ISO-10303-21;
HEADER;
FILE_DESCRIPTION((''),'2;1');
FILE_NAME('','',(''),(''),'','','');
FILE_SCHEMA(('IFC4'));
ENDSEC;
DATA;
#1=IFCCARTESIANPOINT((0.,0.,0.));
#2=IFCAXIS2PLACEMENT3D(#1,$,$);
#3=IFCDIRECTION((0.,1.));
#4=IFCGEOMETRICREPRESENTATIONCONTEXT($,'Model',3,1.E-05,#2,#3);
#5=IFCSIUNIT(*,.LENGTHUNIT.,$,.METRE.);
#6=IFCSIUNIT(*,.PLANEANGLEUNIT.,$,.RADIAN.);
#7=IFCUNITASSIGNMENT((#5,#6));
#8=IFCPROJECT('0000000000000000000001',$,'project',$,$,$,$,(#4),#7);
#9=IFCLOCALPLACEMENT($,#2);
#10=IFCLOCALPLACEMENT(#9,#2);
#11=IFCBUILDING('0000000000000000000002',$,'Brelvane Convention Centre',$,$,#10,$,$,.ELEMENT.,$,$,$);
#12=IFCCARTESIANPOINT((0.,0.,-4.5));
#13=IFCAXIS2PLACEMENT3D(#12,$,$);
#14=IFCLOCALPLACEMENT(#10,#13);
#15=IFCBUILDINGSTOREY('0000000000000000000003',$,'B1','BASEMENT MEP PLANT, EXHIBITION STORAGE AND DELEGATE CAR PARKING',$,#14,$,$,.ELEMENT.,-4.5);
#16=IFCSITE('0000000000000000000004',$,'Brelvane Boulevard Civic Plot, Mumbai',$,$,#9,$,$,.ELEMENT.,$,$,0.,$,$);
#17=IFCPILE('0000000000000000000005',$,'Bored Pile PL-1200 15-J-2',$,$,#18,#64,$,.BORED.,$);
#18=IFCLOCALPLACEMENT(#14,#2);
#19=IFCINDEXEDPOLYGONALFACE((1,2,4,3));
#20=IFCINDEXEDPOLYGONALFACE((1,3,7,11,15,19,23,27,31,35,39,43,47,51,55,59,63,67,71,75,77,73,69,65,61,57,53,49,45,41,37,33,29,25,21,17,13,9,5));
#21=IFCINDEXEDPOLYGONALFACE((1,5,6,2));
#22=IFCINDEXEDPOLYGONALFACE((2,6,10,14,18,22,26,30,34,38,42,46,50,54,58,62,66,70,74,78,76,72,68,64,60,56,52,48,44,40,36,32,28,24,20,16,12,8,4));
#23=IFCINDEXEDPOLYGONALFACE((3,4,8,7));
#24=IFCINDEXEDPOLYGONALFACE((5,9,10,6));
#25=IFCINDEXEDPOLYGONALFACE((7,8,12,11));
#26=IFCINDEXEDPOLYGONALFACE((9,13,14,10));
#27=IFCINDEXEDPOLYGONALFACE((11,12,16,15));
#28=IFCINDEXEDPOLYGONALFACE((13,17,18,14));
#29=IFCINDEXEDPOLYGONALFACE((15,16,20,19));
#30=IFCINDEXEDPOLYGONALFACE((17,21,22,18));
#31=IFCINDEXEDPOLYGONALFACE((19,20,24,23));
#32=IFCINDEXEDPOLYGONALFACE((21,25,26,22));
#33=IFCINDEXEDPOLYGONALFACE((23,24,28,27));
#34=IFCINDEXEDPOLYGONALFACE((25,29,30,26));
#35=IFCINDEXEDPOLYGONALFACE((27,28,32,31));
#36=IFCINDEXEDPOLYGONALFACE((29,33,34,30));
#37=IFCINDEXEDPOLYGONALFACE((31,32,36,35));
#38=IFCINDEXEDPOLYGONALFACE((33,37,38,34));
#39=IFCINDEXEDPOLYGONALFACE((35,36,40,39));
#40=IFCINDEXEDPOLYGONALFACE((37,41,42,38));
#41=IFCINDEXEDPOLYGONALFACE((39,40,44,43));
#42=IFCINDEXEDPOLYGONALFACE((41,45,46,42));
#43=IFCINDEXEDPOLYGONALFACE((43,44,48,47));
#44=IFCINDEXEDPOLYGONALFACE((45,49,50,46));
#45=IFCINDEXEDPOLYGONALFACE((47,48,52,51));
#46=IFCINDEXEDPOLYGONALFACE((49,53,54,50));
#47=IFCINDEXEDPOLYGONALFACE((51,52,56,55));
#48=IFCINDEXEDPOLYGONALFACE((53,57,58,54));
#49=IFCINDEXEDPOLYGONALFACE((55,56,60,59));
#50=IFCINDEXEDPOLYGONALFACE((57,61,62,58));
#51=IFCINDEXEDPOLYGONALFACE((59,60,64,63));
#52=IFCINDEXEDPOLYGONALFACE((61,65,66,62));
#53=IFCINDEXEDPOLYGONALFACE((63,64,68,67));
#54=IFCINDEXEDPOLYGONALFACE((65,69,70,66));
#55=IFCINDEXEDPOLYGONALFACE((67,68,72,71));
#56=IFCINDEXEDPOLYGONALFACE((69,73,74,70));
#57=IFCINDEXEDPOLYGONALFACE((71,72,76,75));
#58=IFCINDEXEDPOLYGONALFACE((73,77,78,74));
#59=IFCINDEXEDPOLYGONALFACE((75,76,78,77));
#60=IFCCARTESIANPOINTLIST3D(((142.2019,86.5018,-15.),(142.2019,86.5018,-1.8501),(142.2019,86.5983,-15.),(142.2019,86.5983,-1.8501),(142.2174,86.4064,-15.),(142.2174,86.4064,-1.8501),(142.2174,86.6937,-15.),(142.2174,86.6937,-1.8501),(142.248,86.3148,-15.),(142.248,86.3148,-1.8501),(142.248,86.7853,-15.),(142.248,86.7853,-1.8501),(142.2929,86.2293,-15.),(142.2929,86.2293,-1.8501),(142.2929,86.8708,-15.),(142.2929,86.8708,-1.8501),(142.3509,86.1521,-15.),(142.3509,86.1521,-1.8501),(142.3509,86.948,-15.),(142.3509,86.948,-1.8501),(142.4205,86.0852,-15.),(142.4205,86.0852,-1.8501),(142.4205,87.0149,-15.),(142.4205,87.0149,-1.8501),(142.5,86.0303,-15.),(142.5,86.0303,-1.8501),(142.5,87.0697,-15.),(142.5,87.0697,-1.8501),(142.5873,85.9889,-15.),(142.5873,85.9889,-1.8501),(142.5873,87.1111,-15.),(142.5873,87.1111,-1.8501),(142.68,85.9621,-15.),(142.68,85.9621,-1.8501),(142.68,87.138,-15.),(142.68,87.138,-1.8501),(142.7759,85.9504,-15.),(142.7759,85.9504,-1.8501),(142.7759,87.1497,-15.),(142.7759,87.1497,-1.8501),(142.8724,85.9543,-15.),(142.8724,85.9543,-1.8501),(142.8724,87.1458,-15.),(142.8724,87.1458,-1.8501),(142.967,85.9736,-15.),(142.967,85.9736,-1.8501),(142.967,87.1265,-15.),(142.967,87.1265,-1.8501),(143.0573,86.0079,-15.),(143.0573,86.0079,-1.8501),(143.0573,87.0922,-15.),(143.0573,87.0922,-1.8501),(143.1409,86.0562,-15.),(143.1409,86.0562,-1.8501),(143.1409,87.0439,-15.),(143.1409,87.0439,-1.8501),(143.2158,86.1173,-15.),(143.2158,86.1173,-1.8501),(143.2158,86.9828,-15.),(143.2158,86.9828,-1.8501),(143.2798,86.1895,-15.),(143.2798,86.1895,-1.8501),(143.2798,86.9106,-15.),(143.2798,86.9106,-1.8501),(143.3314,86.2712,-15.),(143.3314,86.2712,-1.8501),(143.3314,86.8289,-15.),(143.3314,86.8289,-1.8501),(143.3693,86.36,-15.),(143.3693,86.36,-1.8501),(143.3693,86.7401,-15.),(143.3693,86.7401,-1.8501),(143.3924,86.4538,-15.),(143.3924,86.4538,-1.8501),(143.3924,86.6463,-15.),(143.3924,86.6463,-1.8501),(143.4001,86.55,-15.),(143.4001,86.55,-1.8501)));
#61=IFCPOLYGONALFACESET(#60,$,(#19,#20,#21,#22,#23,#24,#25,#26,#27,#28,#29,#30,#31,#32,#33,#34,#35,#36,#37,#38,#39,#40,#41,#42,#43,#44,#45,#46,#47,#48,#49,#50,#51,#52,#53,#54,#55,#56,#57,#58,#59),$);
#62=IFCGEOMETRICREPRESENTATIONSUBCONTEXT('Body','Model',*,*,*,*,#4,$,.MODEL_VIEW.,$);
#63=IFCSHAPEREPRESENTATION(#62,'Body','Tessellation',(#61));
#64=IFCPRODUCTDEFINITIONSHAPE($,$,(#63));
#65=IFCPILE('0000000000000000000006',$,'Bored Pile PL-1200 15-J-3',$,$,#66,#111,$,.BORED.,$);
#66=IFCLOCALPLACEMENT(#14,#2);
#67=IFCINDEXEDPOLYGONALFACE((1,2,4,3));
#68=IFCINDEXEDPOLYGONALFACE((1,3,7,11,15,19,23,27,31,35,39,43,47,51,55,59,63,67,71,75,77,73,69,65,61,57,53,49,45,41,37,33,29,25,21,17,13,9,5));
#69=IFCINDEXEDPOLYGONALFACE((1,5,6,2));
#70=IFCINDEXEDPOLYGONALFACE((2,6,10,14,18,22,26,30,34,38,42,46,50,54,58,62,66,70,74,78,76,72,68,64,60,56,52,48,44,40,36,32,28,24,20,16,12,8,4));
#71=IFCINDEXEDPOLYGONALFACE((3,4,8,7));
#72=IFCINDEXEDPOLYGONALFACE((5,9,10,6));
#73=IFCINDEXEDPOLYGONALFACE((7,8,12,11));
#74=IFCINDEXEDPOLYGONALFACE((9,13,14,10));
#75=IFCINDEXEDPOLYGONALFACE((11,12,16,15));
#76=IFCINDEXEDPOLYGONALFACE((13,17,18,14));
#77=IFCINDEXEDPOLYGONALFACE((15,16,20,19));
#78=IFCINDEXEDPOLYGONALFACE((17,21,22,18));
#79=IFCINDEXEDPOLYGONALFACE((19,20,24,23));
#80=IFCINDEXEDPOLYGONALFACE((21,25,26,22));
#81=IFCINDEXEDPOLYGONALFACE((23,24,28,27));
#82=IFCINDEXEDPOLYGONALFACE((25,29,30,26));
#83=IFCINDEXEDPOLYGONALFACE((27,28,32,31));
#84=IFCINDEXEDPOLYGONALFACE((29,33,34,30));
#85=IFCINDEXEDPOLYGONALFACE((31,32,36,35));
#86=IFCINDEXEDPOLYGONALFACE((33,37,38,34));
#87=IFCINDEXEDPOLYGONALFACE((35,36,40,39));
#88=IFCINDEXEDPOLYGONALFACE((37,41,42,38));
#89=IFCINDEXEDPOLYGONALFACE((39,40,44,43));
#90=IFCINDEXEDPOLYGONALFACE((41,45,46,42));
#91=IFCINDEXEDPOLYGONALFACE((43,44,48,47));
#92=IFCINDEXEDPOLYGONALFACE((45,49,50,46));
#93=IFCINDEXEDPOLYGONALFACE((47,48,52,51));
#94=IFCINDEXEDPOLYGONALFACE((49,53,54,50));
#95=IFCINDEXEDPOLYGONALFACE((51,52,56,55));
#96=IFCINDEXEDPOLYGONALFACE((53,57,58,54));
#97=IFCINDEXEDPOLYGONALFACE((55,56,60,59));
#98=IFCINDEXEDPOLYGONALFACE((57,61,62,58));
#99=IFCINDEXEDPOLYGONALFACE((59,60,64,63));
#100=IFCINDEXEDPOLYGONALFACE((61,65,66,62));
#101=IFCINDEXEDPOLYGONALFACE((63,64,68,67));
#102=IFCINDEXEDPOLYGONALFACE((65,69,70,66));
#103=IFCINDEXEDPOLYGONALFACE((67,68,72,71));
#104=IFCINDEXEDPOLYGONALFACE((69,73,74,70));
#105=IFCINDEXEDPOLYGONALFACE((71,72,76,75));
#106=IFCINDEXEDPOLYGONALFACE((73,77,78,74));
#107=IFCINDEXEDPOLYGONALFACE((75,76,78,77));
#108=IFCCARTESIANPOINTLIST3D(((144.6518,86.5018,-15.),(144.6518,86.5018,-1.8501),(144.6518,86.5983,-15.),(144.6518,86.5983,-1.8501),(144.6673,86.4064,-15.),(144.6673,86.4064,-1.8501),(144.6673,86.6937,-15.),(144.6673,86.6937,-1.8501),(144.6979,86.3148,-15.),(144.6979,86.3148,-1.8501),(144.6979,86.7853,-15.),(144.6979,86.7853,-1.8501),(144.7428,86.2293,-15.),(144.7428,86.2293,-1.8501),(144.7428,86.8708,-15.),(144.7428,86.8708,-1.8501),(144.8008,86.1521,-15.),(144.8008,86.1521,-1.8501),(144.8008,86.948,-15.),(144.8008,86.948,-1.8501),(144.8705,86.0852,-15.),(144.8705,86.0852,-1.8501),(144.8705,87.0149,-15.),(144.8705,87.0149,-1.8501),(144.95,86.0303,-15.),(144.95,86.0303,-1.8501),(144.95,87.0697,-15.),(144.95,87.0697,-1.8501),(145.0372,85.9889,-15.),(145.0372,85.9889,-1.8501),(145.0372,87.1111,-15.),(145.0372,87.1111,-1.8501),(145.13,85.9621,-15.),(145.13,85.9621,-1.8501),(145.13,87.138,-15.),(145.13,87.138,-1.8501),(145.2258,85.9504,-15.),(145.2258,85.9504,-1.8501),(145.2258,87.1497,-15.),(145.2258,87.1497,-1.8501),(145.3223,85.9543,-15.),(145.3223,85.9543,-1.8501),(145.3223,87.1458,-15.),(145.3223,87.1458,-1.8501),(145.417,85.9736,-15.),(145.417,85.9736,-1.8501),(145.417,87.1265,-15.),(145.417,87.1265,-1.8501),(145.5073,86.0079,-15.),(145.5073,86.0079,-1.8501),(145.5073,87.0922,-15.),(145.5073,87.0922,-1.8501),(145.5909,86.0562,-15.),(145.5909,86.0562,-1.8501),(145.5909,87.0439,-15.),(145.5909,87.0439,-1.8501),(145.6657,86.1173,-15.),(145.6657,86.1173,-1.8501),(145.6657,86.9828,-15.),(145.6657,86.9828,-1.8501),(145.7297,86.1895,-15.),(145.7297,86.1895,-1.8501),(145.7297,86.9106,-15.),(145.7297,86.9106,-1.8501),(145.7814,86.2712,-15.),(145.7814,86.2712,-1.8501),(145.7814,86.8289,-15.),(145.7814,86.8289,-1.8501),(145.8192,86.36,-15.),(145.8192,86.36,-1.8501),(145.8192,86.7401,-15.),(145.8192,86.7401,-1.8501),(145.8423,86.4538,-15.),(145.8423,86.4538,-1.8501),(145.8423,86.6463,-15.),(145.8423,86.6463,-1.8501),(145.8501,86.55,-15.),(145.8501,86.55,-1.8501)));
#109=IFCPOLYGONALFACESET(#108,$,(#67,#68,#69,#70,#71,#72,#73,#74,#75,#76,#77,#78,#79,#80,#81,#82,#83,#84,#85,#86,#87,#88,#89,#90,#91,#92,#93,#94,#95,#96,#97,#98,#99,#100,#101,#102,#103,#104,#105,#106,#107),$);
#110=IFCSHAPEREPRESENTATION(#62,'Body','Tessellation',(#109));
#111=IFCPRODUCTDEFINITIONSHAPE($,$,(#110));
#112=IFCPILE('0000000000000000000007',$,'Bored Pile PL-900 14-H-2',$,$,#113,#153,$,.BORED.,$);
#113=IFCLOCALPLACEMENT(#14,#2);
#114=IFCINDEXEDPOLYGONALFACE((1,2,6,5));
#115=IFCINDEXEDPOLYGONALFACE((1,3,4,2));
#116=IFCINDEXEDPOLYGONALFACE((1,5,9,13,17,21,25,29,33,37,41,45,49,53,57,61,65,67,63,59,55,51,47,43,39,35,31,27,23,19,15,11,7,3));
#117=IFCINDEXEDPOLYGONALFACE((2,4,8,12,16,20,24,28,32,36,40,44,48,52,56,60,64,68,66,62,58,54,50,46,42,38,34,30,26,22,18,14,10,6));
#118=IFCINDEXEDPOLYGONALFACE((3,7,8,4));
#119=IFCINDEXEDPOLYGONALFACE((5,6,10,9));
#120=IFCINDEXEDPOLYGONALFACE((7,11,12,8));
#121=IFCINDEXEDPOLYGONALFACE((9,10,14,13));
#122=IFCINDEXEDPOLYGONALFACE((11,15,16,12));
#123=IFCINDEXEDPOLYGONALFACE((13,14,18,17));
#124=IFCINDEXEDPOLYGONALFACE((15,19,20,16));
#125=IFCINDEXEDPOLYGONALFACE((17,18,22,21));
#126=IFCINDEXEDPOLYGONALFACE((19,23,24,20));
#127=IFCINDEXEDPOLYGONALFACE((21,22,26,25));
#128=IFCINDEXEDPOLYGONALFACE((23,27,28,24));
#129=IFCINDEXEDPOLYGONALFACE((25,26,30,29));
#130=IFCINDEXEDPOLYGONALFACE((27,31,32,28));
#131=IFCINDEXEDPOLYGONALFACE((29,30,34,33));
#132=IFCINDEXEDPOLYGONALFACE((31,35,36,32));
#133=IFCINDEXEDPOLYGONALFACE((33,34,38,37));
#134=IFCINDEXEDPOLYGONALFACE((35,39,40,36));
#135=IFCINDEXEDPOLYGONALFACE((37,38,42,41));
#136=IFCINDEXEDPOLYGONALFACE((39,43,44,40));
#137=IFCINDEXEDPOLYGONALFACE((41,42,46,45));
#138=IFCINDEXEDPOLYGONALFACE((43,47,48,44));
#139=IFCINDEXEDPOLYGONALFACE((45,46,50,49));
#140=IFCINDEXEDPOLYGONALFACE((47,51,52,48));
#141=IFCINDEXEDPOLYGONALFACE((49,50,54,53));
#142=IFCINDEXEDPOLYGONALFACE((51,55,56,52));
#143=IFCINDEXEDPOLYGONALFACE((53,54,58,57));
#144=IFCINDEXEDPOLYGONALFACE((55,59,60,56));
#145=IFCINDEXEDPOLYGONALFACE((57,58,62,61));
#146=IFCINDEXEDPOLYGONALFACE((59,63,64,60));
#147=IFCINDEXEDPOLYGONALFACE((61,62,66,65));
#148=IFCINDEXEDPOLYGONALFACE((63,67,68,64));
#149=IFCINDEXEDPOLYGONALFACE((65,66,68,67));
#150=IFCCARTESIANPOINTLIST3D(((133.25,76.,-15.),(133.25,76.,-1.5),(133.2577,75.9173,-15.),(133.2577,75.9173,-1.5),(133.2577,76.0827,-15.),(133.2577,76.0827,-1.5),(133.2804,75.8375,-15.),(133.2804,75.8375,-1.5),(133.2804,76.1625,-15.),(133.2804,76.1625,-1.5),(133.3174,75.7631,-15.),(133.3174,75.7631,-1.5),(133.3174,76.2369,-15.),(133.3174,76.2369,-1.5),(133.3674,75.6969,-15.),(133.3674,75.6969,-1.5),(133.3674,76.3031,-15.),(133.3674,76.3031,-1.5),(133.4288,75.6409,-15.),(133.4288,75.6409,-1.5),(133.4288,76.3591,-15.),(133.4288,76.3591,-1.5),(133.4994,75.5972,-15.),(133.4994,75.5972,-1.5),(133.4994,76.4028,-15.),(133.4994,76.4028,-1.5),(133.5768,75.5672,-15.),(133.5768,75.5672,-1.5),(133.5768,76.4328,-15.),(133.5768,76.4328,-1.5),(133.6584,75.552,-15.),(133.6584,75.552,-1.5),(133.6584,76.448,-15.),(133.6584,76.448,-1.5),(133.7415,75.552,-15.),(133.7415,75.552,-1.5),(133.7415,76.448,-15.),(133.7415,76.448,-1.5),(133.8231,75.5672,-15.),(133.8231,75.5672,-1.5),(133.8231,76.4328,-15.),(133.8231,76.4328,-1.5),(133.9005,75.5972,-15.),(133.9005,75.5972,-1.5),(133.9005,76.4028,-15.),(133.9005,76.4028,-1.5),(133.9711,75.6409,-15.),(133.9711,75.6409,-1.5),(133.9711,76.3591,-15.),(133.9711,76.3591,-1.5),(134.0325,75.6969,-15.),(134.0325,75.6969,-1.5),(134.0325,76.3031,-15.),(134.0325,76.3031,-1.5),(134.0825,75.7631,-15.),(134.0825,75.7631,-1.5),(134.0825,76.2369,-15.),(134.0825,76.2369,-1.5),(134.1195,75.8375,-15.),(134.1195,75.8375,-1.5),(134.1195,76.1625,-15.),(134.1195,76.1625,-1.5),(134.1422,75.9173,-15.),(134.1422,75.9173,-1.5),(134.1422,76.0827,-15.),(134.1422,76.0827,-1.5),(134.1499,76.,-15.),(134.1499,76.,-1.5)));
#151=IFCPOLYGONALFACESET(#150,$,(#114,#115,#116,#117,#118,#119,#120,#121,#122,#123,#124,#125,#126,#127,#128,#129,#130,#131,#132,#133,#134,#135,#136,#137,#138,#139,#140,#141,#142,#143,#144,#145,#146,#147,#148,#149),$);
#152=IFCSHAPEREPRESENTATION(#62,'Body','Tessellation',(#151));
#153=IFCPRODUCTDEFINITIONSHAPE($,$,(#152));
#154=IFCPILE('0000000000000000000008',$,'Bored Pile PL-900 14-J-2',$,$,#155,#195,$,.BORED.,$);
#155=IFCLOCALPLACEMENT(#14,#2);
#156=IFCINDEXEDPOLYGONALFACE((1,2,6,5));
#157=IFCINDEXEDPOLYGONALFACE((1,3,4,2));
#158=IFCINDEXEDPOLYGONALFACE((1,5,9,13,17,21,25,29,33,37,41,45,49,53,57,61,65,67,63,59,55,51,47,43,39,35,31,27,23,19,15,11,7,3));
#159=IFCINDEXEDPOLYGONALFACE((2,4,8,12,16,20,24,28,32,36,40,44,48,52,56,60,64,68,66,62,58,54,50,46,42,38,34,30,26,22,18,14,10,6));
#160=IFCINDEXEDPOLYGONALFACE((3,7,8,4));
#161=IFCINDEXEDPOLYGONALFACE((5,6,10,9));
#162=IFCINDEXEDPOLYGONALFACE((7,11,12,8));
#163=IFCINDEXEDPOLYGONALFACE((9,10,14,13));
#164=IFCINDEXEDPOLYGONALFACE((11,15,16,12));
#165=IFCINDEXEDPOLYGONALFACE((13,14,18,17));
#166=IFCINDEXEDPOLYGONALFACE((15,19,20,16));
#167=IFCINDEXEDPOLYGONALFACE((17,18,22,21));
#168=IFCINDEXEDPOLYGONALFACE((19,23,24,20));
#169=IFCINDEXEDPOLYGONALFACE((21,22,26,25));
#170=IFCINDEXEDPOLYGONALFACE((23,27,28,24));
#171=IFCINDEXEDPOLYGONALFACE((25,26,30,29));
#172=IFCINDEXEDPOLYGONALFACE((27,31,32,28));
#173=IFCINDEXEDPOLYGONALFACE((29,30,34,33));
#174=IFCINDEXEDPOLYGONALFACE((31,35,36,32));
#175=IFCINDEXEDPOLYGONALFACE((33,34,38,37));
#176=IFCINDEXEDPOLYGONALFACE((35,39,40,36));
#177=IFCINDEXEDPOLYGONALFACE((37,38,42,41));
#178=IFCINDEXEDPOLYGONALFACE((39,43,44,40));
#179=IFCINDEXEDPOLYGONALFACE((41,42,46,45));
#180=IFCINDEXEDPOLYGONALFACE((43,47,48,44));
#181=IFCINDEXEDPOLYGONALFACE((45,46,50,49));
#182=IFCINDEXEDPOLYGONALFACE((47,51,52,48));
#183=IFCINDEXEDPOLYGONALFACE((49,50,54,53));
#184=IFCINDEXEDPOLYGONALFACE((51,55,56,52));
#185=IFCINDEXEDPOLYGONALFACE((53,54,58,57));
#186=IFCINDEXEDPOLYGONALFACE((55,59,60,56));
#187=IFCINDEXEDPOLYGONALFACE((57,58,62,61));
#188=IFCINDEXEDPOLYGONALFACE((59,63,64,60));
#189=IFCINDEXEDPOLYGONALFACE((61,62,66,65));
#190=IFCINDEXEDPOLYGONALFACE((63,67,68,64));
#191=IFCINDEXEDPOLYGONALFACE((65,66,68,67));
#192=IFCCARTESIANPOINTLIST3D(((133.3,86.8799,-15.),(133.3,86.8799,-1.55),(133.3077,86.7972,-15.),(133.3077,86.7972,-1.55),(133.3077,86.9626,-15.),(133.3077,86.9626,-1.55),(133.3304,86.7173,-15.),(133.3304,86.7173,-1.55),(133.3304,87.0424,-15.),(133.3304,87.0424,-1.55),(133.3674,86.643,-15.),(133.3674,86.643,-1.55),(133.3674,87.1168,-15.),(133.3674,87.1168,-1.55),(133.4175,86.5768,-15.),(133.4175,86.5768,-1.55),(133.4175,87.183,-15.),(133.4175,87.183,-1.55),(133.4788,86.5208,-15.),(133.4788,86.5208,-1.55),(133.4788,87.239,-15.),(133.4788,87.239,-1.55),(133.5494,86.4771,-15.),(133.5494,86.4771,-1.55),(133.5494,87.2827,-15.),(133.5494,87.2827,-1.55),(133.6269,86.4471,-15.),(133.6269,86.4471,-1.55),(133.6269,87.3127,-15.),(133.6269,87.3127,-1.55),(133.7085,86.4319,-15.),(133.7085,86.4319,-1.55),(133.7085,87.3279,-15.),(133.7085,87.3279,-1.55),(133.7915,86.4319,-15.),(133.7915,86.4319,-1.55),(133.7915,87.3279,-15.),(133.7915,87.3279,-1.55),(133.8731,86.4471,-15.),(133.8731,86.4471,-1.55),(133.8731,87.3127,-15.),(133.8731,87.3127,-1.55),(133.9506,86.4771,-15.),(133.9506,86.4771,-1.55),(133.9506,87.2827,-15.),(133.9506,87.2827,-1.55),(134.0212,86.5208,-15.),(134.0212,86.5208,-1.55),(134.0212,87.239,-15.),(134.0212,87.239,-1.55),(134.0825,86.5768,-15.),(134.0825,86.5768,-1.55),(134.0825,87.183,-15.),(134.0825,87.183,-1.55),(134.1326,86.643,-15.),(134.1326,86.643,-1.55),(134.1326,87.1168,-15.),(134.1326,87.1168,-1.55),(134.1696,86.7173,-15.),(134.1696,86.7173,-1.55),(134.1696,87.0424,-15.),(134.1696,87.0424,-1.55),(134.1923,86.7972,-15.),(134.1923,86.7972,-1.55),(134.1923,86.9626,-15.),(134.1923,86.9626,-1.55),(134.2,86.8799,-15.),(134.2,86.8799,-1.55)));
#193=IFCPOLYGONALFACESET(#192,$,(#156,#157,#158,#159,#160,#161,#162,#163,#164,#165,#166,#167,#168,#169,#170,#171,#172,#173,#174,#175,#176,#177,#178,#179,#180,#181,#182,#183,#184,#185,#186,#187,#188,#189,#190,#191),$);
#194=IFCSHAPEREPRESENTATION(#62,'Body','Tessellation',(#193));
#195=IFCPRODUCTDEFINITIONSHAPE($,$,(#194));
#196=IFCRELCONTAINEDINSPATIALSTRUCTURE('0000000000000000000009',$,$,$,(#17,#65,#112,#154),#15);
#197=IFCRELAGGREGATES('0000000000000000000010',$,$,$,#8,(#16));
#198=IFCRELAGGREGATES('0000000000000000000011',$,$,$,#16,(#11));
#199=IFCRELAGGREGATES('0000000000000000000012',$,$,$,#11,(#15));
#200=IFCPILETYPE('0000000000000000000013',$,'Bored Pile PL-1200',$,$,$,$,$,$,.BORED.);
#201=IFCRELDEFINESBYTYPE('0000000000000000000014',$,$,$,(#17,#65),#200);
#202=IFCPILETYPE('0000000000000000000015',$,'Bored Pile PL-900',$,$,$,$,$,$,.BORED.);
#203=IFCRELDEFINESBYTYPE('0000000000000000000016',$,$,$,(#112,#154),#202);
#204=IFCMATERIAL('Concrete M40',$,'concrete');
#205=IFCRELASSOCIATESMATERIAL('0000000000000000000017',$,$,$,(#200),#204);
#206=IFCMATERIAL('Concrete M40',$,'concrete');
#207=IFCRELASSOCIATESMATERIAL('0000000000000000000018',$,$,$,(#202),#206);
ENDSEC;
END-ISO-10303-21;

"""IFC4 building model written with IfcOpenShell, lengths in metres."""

from ifc_helpers import new_model, si_unit, direction, frame, origin, origin_2d, place, context, subcontext, project, spatial, circle, extrude, material, material_profile, profile_set, type_object, element, save


model = new_model("IFC4")

# Units and contexts
model_context = context("Model", 3, precision=1e-05, world=origin(), true_north=direction((0.0, 1.0)))
body_context = subcontext(model_context, "Body", "Model", "MODEL_VIEW")
ifc_project = project(units=[si_unit("LENGTHUNIT", "METRE"), si_unit("PLANEANGLEUNIT", "RADIAN")], contexts=[model_context])

# Site, building, storey
site_placement = place(None, origin())
site = spatial("IfcSite", under=ifc_project, at=site_placement, Name="Brelvane Boulevard Civic Plot, Mumbai", CompositionType="ELEMENT", RefElevation=0.0)
building_placement = place(site_placement, origin())
building = spatial("IfcBuilding", under=site, at=building_placement, Name="Brelvane Convention Centre", CompositionType="ELEMENT")
storey_placement = place(building_placement, frame((0.0, 0.0, -4.5)))
storey = spatial("IfcBuildingStorey", under=building, at=storey_placement, Name="B1", Description="BASEMENT MEP PLANT, EXHIBITION STORAGE AND DELEGATE CAR PARKING", CompositionType="ELEMENT", Elevation=-4.5)

# Piles
ifc_material_1 = material(Name="Concrete M40", Category="concrete")
ifc_material_profile_1 = material_profile(ifc_material_1, circle(Radius=0.6001, at=origin_2d()), Name="PILE D1200")
ifc_profile_set_1 = profile_set([ifc_material_profile_1], Name="Concrete M40")
pile_type_1 = type_object("IfcPileType", Name="Bored Pile PL-1200", PredefinedType="BORED", material=ifc_profile_set_1)
for number, where, z_axis, x_axis, name in (
    (1, (142.8, 86.55, -1.8501), (0.0, 0.0, -1.0), (1.0, 0.0, 0.0), "Bored Pile PL-1200 15-J-2"),
    (2, (145.25, 86.55, -1.8501), (0.0, 0.0, -1.0), (1.0, 0.0, 0.0), "Bored Pile PL-1200 15-J-3"),
):
    element("IfcPile", number, at=place(storey_placement, frame(where, z_axis=z_axis, x_axis=x_axis)), inside=storey, type_object=pile_type_1, Name=name, PredefinedType="BORED", context=body_context, shape_type="SweptSolid", body=[
        extrude(circle(Radius=0.6001, at=origin_2d()), origin(), (0.0, 0.0, 1.0), 13.1499),
    ])
ifc_material_2 = material(Name="Concrete M40", Category="concrete")
ifc_material_profile_2 = material_profile(ifc_material_2, circle(Radius=0.45, at=origin_2d()), Name="PILE D900")
ifc_profile_set_2 = profile_set([ifc_material_profile_2], Name="Concrete M40")
pile_type_2 = type_object("IfcPileType", Name="Bored Pile PL-900", PredefinedType="BORED", material=ifc_profile_set_2)
pile_1_placement = place(storey_placement, frame((133.7, 76.0, -1.5), z_axis=(0.0, 0.0, -1.0), x_axis=(1.0, 0.0, 0.0)))
element("IfcPile", 3, at=pile_1_placement, inside=storey, type_object=pile_type_2, Name="Bored Pile PL-900 14-H-2", PredefinedType="BORED", context=body_context, shape_type="SweptSolid", body=[
    extrude(circle(Radius=0.45, at=origin_2d()), origin(), (0.0, 0.0, 1.0), 13.5),
])
for number, where, z_axis, x_axis, name in (
    (4, (133.75, 86.8799, -1.55), (0.0, 0.0, -1.0), (1.0, 0.0, 0.0), "Bored Pile PL-900 14-J-2"),
):
    element("IfcPile", number, at=place(storey_placement, frame(where, z_axis=z_axis, x_axis=x_axis)), inside=storey, type_object=pile_type_2, Name=name, PredefinedType="BORED", context=body_context, shape_type="SweptSolid", body=[
        extrude(circle(Radius=0.45, at=origin_2d()), origin(), (0.0, 0.0, 1.0), 13.45),
    ])

save(model, "model.ifc")
